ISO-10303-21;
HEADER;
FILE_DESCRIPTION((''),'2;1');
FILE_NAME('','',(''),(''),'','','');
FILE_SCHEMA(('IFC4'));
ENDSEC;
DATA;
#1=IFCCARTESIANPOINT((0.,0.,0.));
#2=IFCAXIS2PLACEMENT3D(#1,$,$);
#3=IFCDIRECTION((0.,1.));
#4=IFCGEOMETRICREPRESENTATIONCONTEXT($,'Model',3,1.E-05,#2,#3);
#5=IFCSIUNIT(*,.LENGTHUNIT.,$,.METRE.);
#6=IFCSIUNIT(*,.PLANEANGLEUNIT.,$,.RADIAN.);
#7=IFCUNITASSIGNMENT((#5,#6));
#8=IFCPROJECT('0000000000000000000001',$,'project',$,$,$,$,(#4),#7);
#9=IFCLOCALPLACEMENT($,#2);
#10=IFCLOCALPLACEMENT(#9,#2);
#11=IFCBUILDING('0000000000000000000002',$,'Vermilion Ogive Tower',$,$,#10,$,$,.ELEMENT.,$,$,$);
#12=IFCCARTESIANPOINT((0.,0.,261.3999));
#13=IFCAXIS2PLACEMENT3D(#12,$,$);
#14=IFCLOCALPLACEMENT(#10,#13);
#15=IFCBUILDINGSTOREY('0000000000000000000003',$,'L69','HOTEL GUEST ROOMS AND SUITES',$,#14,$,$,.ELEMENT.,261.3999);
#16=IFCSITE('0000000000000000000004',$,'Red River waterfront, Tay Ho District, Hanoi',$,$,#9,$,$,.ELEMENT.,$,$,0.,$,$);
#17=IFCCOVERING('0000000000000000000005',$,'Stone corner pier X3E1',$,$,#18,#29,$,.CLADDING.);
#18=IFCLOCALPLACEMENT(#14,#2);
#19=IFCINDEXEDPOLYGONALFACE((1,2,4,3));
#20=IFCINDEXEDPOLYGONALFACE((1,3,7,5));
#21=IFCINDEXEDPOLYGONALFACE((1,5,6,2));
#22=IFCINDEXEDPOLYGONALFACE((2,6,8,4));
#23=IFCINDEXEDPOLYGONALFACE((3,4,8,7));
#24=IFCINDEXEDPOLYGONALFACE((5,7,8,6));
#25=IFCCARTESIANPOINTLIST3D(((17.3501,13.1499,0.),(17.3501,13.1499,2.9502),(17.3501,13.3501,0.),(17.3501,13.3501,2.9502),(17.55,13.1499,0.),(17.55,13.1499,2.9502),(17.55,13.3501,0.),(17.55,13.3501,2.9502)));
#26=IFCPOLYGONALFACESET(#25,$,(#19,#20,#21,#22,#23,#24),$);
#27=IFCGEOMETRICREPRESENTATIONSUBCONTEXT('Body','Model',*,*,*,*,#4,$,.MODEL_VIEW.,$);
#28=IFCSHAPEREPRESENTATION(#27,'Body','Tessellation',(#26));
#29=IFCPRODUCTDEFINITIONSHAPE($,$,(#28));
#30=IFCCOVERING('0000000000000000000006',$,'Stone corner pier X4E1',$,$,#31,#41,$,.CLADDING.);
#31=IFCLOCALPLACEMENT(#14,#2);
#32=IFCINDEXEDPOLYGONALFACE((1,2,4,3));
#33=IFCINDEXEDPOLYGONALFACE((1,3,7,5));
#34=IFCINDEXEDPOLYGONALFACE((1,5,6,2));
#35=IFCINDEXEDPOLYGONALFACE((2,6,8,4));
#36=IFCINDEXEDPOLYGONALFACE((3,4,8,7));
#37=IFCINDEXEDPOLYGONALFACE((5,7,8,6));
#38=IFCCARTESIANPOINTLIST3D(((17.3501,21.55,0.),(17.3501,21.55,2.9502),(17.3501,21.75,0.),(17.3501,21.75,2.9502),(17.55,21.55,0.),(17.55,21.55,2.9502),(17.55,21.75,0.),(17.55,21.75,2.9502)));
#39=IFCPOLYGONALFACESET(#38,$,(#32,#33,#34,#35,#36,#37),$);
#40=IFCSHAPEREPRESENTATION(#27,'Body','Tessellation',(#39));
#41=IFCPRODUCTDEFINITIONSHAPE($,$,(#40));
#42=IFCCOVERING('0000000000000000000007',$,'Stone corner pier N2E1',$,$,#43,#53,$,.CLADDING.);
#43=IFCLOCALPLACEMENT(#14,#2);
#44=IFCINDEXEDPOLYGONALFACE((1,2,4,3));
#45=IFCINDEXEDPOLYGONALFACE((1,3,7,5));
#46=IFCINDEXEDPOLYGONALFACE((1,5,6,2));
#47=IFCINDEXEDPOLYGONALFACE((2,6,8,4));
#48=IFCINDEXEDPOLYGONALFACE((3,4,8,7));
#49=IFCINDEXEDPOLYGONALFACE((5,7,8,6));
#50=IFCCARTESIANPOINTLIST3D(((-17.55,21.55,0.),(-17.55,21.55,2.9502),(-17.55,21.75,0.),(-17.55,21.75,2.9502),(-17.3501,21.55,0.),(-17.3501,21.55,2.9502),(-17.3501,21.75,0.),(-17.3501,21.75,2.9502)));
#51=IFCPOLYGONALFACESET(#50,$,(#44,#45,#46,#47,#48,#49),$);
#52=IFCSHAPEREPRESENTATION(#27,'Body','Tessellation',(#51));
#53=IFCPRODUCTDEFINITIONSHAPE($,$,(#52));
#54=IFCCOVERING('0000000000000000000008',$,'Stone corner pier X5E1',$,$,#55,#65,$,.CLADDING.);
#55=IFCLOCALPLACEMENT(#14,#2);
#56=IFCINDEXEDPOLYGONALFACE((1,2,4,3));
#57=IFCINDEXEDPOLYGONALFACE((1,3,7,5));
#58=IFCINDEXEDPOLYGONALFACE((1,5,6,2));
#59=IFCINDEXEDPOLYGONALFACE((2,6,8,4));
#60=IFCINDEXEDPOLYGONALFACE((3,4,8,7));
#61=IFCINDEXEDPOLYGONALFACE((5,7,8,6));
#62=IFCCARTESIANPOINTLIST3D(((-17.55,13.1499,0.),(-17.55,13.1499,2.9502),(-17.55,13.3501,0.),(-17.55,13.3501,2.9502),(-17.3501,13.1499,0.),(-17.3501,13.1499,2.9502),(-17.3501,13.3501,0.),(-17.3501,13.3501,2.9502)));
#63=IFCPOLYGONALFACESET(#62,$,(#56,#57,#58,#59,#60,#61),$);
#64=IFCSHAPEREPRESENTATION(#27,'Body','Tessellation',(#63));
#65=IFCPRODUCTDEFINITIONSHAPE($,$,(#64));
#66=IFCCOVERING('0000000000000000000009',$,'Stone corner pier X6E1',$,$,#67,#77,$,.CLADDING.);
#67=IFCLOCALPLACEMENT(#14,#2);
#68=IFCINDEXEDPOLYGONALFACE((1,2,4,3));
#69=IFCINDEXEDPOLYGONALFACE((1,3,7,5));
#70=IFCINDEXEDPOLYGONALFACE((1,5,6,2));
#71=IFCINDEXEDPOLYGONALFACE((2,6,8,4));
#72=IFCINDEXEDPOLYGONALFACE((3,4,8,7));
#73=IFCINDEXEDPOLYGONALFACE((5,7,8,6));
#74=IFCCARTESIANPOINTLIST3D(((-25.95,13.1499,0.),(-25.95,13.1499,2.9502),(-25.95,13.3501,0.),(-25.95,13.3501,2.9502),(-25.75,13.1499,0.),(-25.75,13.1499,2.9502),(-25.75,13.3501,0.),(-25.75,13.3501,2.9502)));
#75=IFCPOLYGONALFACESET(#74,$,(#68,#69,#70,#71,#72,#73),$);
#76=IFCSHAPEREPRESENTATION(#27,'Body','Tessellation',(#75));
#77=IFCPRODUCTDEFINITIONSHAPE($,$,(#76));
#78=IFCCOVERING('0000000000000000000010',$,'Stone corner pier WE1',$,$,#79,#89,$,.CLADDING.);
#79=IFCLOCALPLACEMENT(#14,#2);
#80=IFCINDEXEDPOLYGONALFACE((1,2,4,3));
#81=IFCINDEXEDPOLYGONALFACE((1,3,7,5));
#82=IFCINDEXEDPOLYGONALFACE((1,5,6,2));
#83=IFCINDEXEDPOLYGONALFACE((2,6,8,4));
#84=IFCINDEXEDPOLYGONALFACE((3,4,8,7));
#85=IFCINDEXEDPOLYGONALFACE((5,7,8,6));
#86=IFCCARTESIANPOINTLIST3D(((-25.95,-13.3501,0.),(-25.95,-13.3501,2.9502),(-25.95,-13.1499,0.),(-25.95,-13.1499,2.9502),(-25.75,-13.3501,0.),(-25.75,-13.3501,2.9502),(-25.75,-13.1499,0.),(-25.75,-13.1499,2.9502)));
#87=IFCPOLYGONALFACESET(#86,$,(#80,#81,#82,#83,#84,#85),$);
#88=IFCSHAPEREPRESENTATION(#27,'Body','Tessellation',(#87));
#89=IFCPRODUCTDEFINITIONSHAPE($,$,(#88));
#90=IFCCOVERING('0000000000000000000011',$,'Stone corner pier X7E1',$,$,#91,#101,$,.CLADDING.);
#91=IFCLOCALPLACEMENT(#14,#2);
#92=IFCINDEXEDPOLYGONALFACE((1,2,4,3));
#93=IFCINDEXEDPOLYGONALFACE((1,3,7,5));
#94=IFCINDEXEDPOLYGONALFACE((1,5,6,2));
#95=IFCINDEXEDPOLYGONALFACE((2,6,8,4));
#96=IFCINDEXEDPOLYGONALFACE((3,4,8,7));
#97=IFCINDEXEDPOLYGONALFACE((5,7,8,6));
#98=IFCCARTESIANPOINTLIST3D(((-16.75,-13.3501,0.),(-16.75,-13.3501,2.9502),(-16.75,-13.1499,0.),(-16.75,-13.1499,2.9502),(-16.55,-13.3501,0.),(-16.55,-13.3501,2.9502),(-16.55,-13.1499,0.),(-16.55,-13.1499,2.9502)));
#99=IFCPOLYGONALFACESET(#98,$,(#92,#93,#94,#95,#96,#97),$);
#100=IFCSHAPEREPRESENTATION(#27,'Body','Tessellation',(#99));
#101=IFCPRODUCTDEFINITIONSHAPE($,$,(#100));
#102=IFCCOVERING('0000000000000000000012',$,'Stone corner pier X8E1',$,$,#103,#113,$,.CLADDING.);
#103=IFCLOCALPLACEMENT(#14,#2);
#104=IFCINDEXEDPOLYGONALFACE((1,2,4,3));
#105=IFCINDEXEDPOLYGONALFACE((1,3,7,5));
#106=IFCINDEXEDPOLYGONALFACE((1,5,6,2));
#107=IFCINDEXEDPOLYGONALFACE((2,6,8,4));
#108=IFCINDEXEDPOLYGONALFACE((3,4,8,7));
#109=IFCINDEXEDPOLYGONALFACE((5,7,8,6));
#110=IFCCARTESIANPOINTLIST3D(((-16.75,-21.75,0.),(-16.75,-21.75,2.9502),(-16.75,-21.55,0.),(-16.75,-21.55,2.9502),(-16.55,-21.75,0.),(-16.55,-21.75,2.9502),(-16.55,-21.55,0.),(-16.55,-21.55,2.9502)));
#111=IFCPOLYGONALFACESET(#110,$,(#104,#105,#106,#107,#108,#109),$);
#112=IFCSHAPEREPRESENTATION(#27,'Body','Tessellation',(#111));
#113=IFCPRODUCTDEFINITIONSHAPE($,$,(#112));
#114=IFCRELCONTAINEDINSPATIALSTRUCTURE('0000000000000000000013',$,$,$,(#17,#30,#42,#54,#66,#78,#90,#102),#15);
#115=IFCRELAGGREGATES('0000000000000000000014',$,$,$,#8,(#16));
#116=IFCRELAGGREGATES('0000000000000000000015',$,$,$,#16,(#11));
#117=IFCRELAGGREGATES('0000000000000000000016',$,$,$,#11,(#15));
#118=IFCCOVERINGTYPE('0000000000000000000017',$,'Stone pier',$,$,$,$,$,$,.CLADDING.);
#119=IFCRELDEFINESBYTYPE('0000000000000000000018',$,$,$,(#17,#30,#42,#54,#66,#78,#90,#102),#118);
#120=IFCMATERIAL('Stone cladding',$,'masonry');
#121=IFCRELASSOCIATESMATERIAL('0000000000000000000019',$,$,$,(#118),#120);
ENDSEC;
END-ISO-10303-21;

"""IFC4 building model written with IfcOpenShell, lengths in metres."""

from ifc_helpers import new_model, si_unit, direction, frame, origin, place, context, subcontext, project, spatial, polyline, outline, extrude, material, type_object, element, save


model = new_model("IFC4")

# Units and contexts
model_context = context("Model", 3, precision=1e-05, world=origin(), true_north=direction((0.0, 1.0)))
body_context = subcontext(model_context, "Body", "Model", "MODEL_VIEW")
ifc_project = project(units=[si_unit("LENGTHUNIT", "METRE"), si_unit("PLANEANGLEUNIT", "RADIAN")], contexts=[model_context])

# Site, building, storey
site_placement = place(None, origin())
site = spatial("IfcSite", under=ifc_project, at=site_placement, Name="Red River waterfront, Tay Ho District, Hanoi", CompositionType="ELEMENT", RefElevation=0.0)
building_placement = place(site_placement, origin())
building = spatial("IfcBuilding", under=site, at=building_placement, Name="Vermilion Ogive Tower", CompositionType="ELEMENT")
storey_placement = place(building_placement, frame((0.0, 0.0, 261.3999)))
storey = spatial("IfcBuildingStorey", under=building, at=storey_placement, Name="L69", Description="HOTEL GUEST ROOMS AND SUITES", CompositionType="ELEMENT", Elevation=261.3999)

# Coverings
ifc_material_1 = material(Name="Stone cladding", Category="masonry")
covering_type_1 = type_object("IfcCoveringType", Name="Stone pier", PredefinedType="CLADDING", material=ifc_material_1)
covering_1_placement = place(storey_placement, origin())
element("IfcCovering", 1, at=covering_1_placement, inside=storey, type_object=covering_type_1, Name="Stone corner pier X3E1", PredefinedType="CLADDING", context=body_context, shape_type="SweptSolid", body=[
    extrude(outline(polyline([(17.3501, 13.1499), (17.3501, 13.3501), (17.55, 13.3501), (17.55, 13.1499), (17.3501, 13.1499)])), origin(), (0.0, 0.0, 1.0), 2.9502),
])
covering_2_placement = place(storey_placement, origin())
element("IfcCovering", 2, at=covering_2_placement, inside=storey, type_object=covering_type_1, Name="Stone corner pier X4E1", PredefinedType="CLADDING", context=body_context, shape_type="SweptSolid", body=[
    extrude(outline(polyline([(17.3501, 21.55), (17.3501, 21.75), (17.55, 21.75), (17.55, 21.55), (17.3501, 21.55)])), origin(), (0.0, 0.0, 1.0), 2.9502),
])
covering_3_placement = place(storey_placement, origin())
element("IfcCovering", 3, at=covering_3_placement, inside=storey, type_object=covering_type_1, Name="Stone corner pier N2E1", PredefinedType="CLADDING", context=body_context, shape_type="SweptSolid", body=[
    extrude(outline(polyline([(-17.3501, 21.55), (-17.55, 21.55), (-17.55, 21.75), (-17.3501, 21.75), (-17.3501, 21.55)])), origin(), (0.0, 0.0, 1.0), 2.9502),
])
covering_4_placement = place(storey_placement, origin())
element("IfcCovering", 4, at=covering_4_placement, inside=storey, type_object=covering_type_1, Name="Stone corner pier X5E1", PredefinedType="CLADDING", context=body_context, shape_type="SweptSolid", body=[
    extrude(outline(polyline([(-17.3501, 13.1499), (-17.55, 13.1499), (-17.55, 13.3501), (-17.3501, 13.3501), (-17.3501, 13.1499)])), origin(), (0.0, 0.0, 1.0), 2.9502),
])
covering_5_placement = place(storey_placement, origin())
element("IfcCovering", 5, at=covering_5_placement, inside=storey, type_object=covering_type_1, Name="Stone corner pier X6E1", PredefinedType="CLADDING", context=body_context, shape_type="SweptSolid", body=[
    extrude(outline(polyline([(-25.75, 13.1499), (-25.95, 13.1499), (-25.95, 13.3501), (-25.75, 13.3501), (-25.75, 13.1499)])), origin(), (0.0, 0.0, 1.0), 2.9502),
])
covering_6_placement = place(storey_placement, origin())
element("IfcCovering", 6, at=covering_6_placement, inside=storey, type_object=covering_type_1, Name="Stone corner pier WE1", PredefinedType="CLADDING", context=body_context, shape_type="SweptSolid", body=[
    extrude(outline(polyline([(-25.75, -13.1499), (-25.75, -13.3501), (-25.95, -13.3501), (-25.95, -13.1499), (-25.75, -13.1499)])), origin(), (0.0, 0.0, 1.0), 2.9502),
])
covering_7_placement = place(storey_placement, origin())
element("IfcCovering", 7, at=covering_7_placement, inside=storey, type_object=covering_type_1, Name="Stone corner pier X7E1", PredefinedType="CLADDING", context=body_context, shape_type="SweptSolid", body=[
    extrude(outline(polyline([(-16.55, -13.1499), (-16.55, -13.3501), (-16.75, -13.3501), (-16.75, -13.1499), (-16.55, -13.1499)])), origin(), (0.0, 0.0, 1.0), 2.9502),
])
covering_8_placement = place(storey_placement, origin())
element("IfcCovering", 8, at=covering_8_placement, inside=storey, type_object=covering_type_1, Name="Stone corner pier X8E1", PredefinedType="CLADDING", context=body_context, shape_type="SweptSolid", body=[
    extrude(outline(polyline([(-16.55, -21.55), (-16.55, -21.75), (-16.75, -21.75), (-16.75, -21.55), (-16.55, -21.55)])), origin(), (0.0, 0.0, 1.0), 2.9502),
])

save(model, "model.ifc")
